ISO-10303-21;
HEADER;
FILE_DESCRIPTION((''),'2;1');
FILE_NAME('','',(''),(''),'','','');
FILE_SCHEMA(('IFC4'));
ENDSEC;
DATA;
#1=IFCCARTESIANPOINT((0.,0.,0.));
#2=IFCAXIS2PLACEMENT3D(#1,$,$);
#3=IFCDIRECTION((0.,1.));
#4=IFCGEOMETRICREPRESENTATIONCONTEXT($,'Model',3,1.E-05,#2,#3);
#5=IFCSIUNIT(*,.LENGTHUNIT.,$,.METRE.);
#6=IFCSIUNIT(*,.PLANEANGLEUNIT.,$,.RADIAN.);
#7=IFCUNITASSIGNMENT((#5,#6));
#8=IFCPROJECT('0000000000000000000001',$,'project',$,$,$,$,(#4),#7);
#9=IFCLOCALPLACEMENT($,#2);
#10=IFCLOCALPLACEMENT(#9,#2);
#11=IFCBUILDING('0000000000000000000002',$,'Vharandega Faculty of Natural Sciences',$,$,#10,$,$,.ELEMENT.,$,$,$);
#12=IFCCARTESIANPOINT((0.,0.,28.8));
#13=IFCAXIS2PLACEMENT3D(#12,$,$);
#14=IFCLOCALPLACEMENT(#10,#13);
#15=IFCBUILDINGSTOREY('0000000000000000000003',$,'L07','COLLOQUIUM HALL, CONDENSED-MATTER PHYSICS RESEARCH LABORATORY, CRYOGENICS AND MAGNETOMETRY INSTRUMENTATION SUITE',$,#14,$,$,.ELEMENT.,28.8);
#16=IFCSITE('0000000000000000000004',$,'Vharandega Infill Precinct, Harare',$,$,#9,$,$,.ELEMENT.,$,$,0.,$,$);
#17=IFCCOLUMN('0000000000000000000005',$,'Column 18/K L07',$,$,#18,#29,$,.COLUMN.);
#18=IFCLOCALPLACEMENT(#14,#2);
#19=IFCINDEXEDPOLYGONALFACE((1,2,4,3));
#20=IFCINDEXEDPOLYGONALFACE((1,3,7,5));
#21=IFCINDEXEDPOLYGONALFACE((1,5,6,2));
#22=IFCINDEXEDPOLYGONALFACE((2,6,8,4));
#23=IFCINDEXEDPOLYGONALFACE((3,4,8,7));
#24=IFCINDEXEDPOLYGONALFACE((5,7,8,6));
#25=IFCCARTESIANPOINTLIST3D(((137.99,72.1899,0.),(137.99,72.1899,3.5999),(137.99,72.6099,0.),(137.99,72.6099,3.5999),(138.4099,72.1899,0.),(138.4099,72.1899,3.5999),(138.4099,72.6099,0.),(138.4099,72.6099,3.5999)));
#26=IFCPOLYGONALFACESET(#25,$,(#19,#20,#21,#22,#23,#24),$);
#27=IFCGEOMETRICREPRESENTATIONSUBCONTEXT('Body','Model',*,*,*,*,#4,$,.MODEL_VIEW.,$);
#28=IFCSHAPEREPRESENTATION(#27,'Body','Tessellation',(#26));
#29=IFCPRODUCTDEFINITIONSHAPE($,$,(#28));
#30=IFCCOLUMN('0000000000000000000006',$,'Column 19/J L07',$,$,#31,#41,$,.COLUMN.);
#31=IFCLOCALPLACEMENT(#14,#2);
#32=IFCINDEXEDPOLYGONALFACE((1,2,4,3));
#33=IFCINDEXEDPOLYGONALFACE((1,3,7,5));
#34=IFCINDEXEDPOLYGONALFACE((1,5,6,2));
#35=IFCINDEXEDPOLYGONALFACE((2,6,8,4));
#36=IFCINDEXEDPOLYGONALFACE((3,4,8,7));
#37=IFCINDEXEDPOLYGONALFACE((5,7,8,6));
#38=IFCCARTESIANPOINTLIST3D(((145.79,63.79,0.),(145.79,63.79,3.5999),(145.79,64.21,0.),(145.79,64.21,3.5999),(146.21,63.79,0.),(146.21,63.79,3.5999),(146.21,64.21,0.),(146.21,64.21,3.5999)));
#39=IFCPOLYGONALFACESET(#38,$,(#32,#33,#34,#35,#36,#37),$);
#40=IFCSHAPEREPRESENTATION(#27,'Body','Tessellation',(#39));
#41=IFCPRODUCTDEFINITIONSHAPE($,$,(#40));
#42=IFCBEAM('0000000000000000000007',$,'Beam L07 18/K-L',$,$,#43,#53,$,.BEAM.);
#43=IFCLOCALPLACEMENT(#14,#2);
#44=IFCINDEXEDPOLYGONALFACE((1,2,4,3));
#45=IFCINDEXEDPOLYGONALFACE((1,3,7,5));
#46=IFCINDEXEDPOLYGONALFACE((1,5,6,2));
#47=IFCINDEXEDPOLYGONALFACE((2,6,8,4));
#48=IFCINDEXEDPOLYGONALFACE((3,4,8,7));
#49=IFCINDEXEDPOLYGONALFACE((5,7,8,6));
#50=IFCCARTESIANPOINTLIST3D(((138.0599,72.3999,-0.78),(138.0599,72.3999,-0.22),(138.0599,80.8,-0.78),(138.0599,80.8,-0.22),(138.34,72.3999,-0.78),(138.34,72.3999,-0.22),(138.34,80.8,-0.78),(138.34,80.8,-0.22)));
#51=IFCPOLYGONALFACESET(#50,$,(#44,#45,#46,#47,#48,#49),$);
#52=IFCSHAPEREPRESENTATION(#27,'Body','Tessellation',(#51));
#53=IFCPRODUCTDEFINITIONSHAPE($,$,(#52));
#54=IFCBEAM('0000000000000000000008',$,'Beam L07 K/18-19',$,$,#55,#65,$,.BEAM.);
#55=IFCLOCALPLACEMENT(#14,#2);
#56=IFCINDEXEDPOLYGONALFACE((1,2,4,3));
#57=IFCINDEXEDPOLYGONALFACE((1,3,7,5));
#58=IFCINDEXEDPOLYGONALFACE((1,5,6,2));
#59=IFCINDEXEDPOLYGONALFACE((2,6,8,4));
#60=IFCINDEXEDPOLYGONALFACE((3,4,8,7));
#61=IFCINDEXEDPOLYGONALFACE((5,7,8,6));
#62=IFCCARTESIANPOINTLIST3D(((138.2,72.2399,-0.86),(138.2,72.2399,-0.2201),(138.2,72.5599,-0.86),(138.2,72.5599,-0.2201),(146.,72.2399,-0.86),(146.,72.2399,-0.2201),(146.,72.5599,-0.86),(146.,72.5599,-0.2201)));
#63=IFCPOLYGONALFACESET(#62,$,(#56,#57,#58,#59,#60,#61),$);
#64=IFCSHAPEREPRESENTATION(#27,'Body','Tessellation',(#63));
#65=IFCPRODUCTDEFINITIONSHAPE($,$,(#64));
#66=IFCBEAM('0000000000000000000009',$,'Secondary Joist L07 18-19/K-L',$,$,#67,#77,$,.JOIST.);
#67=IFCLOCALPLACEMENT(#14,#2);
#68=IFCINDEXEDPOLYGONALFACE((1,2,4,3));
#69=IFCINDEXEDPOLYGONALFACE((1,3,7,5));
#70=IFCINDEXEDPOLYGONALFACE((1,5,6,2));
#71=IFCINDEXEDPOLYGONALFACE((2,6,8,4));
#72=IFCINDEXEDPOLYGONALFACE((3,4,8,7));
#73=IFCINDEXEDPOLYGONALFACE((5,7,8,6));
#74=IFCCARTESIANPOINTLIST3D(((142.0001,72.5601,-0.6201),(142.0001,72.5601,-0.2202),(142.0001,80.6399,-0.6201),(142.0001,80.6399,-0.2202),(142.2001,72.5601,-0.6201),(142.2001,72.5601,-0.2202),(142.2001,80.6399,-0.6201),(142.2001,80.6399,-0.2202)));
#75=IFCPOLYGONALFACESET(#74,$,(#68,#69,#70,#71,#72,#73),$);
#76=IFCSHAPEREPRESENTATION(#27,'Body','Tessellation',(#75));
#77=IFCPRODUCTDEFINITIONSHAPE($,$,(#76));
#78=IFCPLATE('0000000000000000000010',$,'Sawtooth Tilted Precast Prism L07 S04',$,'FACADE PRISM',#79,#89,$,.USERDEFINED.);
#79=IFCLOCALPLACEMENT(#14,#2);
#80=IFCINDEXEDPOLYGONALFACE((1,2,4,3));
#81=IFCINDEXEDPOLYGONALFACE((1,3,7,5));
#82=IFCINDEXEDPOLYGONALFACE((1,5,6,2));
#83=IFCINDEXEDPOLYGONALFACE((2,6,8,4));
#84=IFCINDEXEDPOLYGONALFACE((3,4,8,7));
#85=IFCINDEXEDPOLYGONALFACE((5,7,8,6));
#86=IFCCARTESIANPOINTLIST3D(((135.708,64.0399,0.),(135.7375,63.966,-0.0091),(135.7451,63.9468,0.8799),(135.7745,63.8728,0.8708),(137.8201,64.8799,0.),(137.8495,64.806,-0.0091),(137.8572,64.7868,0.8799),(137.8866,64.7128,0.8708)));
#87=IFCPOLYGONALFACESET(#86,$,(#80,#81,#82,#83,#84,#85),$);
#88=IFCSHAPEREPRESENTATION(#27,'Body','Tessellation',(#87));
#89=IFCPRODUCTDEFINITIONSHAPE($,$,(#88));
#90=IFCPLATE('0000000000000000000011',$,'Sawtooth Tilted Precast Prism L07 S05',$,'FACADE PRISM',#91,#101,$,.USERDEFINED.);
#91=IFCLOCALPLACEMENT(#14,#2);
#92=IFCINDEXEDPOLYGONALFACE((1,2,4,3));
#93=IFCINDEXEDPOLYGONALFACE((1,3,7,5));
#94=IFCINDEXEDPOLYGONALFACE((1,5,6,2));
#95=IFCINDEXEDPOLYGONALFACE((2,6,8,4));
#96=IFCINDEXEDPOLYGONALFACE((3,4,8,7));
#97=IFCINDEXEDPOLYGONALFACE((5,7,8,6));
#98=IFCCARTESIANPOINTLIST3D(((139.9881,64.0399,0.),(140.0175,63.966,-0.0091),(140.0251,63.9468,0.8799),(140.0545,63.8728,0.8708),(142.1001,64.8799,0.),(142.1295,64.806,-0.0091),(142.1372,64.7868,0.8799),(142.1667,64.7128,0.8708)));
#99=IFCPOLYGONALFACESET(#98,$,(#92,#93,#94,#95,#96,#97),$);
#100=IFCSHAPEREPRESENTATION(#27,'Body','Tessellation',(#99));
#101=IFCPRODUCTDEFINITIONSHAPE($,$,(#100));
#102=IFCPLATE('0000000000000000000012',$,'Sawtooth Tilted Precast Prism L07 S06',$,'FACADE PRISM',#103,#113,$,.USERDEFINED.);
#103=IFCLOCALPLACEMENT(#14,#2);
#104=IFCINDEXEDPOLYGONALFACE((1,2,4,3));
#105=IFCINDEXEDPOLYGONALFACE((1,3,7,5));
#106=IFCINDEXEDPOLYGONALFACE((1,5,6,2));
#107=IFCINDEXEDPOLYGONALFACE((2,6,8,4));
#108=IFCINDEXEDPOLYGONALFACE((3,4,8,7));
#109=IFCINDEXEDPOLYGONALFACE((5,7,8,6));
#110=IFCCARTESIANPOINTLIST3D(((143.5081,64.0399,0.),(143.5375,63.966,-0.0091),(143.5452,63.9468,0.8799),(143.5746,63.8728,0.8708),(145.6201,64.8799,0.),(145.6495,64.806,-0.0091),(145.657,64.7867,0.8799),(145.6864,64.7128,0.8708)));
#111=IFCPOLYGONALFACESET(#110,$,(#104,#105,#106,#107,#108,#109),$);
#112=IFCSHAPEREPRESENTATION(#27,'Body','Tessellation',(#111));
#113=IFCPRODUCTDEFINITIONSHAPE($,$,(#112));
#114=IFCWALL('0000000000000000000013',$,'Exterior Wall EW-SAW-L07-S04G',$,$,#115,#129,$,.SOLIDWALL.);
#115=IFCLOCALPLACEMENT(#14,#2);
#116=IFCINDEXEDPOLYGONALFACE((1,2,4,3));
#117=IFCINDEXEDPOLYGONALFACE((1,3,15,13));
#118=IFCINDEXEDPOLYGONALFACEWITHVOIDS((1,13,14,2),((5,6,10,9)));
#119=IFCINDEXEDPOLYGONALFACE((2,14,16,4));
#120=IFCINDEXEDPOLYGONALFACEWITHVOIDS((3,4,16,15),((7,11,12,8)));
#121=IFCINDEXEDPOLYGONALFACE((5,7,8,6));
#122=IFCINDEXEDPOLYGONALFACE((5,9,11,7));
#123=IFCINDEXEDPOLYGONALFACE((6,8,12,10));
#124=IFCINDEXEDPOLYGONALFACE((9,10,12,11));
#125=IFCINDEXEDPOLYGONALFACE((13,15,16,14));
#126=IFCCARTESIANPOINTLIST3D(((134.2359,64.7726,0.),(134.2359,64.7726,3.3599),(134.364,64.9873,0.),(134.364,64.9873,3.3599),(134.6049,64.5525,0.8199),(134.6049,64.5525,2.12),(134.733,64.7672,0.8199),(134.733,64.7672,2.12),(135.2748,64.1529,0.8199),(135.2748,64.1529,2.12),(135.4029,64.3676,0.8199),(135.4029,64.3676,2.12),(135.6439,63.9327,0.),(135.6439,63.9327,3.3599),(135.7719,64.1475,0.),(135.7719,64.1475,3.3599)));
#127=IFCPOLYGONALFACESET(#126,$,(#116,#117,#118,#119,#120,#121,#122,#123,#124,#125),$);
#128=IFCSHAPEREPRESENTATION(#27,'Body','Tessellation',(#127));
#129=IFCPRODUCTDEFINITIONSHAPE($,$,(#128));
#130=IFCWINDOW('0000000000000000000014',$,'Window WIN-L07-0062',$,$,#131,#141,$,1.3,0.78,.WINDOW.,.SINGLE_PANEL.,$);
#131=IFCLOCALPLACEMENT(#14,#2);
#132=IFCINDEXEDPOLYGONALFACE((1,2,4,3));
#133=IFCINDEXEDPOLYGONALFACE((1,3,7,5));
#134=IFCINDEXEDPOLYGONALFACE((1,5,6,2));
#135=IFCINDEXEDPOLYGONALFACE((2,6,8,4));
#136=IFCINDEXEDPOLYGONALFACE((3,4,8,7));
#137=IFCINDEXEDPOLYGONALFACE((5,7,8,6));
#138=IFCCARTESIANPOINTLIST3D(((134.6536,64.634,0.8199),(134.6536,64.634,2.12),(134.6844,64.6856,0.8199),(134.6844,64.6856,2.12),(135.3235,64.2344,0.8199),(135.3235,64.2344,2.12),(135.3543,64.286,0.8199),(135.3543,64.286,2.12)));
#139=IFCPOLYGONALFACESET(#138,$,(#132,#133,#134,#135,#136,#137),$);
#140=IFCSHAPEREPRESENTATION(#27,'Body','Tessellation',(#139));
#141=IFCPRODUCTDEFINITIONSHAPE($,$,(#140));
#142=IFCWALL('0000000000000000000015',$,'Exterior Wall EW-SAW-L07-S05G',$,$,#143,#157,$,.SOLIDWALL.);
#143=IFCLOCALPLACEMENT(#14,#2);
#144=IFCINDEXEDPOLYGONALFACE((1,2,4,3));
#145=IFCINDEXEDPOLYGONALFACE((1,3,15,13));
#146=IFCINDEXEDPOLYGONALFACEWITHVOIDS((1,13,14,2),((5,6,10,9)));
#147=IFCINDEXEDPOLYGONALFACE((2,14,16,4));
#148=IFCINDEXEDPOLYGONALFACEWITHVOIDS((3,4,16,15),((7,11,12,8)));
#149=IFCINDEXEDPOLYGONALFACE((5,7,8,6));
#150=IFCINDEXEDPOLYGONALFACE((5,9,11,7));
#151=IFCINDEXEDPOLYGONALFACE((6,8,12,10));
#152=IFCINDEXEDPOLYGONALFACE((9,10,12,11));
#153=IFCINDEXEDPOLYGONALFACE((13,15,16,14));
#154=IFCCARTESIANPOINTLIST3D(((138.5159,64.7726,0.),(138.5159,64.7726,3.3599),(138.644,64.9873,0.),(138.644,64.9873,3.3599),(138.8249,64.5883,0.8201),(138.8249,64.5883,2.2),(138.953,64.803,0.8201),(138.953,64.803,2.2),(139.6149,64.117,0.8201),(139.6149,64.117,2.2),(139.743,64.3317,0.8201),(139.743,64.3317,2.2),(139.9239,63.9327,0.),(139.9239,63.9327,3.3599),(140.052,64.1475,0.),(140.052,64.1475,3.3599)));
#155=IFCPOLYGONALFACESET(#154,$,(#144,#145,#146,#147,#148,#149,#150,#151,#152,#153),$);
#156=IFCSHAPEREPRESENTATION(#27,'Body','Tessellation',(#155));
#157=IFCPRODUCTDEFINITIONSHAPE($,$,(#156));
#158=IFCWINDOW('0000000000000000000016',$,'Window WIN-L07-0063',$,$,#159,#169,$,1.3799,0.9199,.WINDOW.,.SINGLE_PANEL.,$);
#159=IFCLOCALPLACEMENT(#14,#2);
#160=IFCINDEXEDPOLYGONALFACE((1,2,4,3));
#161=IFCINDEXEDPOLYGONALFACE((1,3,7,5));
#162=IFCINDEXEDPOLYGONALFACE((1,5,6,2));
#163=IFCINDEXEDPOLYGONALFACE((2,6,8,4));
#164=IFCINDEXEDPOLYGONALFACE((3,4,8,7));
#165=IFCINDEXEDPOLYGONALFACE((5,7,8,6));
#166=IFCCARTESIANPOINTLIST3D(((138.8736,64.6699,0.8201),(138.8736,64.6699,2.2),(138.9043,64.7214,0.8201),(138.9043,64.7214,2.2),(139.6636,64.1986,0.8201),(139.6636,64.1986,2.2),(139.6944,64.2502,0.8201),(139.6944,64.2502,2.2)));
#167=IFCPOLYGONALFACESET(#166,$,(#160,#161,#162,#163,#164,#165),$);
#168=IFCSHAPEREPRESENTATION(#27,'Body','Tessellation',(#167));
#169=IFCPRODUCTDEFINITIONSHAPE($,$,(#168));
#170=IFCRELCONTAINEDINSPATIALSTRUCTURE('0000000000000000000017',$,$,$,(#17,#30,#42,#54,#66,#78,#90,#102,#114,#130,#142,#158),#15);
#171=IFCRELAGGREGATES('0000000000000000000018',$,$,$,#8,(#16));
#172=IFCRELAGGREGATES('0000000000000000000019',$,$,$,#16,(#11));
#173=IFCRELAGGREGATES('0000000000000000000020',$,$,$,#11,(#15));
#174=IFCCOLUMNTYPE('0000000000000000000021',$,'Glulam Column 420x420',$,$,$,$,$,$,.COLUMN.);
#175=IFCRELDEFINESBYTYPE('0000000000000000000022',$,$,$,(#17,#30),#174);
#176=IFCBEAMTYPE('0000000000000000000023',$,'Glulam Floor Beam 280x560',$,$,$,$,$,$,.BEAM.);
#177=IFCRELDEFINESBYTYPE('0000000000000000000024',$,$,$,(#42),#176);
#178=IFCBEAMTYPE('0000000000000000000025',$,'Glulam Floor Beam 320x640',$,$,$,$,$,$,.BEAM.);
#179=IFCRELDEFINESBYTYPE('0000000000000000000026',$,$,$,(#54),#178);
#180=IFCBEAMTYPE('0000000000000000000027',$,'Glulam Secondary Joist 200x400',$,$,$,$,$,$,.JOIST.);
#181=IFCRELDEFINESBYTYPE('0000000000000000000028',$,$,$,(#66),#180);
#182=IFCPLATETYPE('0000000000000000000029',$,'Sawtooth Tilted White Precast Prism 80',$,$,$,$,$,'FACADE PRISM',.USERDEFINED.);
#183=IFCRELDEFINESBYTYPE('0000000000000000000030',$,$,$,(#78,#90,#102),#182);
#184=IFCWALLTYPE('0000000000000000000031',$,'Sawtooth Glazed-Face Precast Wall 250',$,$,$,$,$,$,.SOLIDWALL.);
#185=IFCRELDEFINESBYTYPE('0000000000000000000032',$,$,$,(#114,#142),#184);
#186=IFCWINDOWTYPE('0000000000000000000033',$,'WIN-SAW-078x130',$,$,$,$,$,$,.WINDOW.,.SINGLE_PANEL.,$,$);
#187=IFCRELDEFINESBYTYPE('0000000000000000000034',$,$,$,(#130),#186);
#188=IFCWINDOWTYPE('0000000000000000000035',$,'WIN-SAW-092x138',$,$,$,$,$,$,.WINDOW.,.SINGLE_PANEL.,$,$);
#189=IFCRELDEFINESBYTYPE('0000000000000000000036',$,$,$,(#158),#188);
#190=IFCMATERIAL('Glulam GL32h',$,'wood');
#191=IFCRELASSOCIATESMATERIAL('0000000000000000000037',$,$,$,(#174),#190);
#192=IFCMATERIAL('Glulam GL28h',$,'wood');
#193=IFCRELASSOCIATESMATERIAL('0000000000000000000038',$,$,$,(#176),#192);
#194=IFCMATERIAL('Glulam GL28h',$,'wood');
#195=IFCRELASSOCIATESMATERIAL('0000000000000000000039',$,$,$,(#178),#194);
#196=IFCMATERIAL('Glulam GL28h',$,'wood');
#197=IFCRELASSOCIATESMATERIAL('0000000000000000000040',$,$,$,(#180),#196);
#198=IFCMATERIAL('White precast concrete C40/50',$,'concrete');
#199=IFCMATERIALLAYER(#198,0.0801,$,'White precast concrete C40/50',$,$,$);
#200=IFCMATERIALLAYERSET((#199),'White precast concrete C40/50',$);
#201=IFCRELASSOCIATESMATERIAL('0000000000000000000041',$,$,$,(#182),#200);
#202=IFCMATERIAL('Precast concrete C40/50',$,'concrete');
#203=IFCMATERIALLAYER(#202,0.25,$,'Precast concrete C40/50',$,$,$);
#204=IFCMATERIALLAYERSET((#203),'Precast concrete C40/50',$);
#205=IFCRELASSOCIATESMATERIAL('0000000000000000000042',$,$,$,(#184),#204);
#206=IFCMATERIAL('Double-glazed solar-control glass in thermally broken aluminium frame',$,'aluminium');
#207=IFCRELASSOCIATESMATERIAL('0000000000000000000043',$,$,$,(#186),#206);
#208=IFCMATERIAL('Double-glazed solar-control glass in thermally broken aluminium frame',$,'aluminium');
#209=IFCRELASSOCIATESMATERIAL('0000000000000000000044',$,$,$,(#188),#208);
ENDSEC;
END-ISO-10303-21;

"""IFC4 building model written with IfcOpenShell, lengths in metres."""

from ifc_helpers import new_model, si_unit, direction, frame, frame_2d, origin, origin_2d, place, context, subcontext, project, spatial, polyline, rectangle, outline, extrude, material, layer, layer_set, material_profile, profile_set, type_object, element, fill, save


model = new_model("IFC4")

# Units and contexts
model_context = context("Model", 3, precision=1e-05, world=origin(), true_north=direction((0.0, 1.0)))
body_context = subcontext(model_context, "Body", "Model", "MODEL_VIEW")
ifc_project = project(units=[si_unit("LENGTHUNIT", "METRE"), si_unit("PLANEANGLEUNIT", "RADIAN")], contexts=[model_context])

# Site, building, storey
site_placement = place(None, origin())
site = spatial("IfcSite", under=ifc_project, at=site_placement, Name="Vharandega Infill Precinct, Harare", CompositionType="ELEMENT", RefElevation=0.0)
building_placement = place(site_placement, origin())
building = spatial("IfcBuilding", under=site, at=building_placement, Name="Vharandega Faculty of Natural Sciences", CompositionType="ELEMENT")
storey_placement = place(building_placement, frame((0.0, 0.0, 28.8)))
storey = spatial("IfcBuildingStorey", under=building, at=storey_placement, Name="L07", Description="COLLOQUIUM HALL, CONDENSED-MATTER PHYSICS RESEARCH LABORATORY, CRYOGENICS AND MAGNETOMETRY INSTRUMENTATION SUITE", CompositionType="ELEMENT", Elevation=28.8)

# Columns
ifc_material_1 = material(Name="Glulam GL32h", Category="wood")
ifc_material_profile_1 = material_profile(ifc_material_1, rectangle(XDim=0.4199, YDim=0.4199, at=origin_2d()), Name="GL32h 420x420")
ifc_profile_set_1 = profile_set([ifc_material_profile_1], Name="Glulam GL32h")
column_type = type_object("IfcColumnType", Name="Glulam Column 420x420", PredefinedType="COLUMN", material=ifc_profile_set_1)
for number, where, z_axis, x_axis, name in (
    (1, (138.2, 72.3999, 0.0), (0.0, 0.0, 1.0), (1.0, 0.0, 0.0), "Column 18/K L07"),
    (2, (146.0, 64.0, 0.0), (0.0, 0.0, 1.0), (1.0, 0.0, 0.0), "Column 19/J L07"),
):
    element("IfcColumn", number, at=place(storey_placement, frame(where, z_axis=z_axis, x_axis=x_axis)), inside=storey, type_object=column_type, Name=name, PredefinedType="COLUMN", context=body_context, shape_type="SweptSolid", body=[
        extrude(rectangle(XDim=0.4199, YDim=0.4199, at=origin_2d()), origin(), (0.0, 0.0, 1.0), 3.5999),
    ])

# Beams
ifc_material_2 = material(Name="Glulam GL28h", Category="wood")
ifc_material_profile_2 = material_profile(ifc_material_2, rectangle(XDim=0.28, YDim=0.5601, at=origin_2d()), Name="GL28h 280x560")
ifc_profile_set_2 = profile_set([ifc_material_profile_2], Name="Glulam GL28h")
beam_type_1 = type_object("IfcBeamType", Name="Glulam Floor Beam 280x560", PredefinedType="BEAM", material=ifc_profile_set_2)
beam_1_placement = place(storey_placement, frame((138.2, 72.3999, -0.5), z_axis=(0.0, 1.0, 0.0), x_axis=(-1.0, 0.0, 0.0)))
element("IfcBeam", 3, at=beam_1_placement, inside=storey, type_object=beam_type_1, Name="Beam L07 18/K-L", PredefinedType="BEAM", context=body_context, shape_type="SweptSolid", body=[
    extrude(rectangle(XDim=0.28, YDim=0.5601, at=origin_2d()), origin(), (0.0, 0.0, 1.0), 8.4001),
])
ifc_material_3 = material(Name="Glulam GL28h", Category="wood")
ifc_material_profile_3 = material_profile(ifc_material_3, rectangle(XDim=0.3201, YDim=0.6399, at=origin_2d()), Name="GL28h 320x640")
ifc_profile_set_3 = profile_set([ifc_material_profile_3], Name="Glulam GL28h")
beam_type_2 = type_object("IfcBeamType", Name="Glulam Floor Beam 320x640", PredefinedType="BEAM", material=ifc_profile_set_3)
beam_2_placement = place(storey_placement, frame((138.2, 72.3999, -0.54), z_axis=(1.0, 0.0, 0.0), x_axis=(0.0, 1.0, 0.0)))
element("IfcBeam", 4, at=beam_2_placement, inside=storey, type_object=beam_type_2, Name="Beam L07 K/18-19", PredefinedType="BEAM", context=body_context, shape_type="SweptSolid", body=[
    extrude(rectangle(XDim=0.3201, YDim=0.6399, at=origin_2d()), origin(), (0.0, 0.0, 1.0), 7.8),
])
ifc_material_4 = material(Name="Glulam GL28h", Category="wood")
ifc_material_profile_4 = material_profile(ifc_material_4, rectangle(XDim=0.2, YDim=0.3999, at=origin_2d()), Name="GL28h 200x400")
ifc_profile_set_4 = profile_set([ifc_material_profile_4], Name="Glulam GL28h")
beam_type_3 = type_object("IfcBeamType", Name="Glulam Secondary Joist 200x400", PredefinedType="JOIST", material=ifc_profile_set_4)
beam_3_placement = place(storey_placement, frame((142.1001, 72.5601, -0.4202), z_axis=(0.0, 1.0, 0.0), x_axis=(-1.0, 0.0, 0.0)))
element("IfcBeam", 5, at=beam_3_placement, inside=storey, type_object=beam_type_3, Name="Secondary Joist L07 18-19/K-L", PredefinedType="JOIST", context=body_context, shape_type="SweptSolid", body=[
    extrude(rectangle(XDim=0.2, YDim=0.3999, at=origin_2d()), origin(), (0.0, 0.0, 1.0), 8.0798),
])

# Plates
ifc_material_5 = material(Name="White precast concrete C40/50", Category="concrete")
ifc_layer_1 = layer(ifc_material_5, 0.0801, Name="White precast concrete C40/50")
ifc_layer_set_1 = layer_set([ifc_layer_1], Name="White precast concrete C40/50")
plate_type = type_object("IfcPlateType", Name="Sawtooth Tilted White Precast Prism 80", ElementType="FACADE PRISM", PredefinedType="USERDEFINED", material=ifc_layer_set_1)
for number, where, z_axis, x_axis, name in (
    (6, (137.8201, 64.8799, 0.0), (-0.367171, 0.923238, 0.113215), (0.041952, -0.105155, 0.993571), "Sawtooth Tilted Precast Prism L07 S04"),
    (7, (142.1001, 64.8799, 0.0), (-0.367171, 0.923238, 0.113215), (0.041952, -0.105155, 0.993571), "Sawtooth Tilted Precast Prism L07 S05"),
):
    element("IfcPlate", number, at=place(storey_placement, frame(where, z_axis=z_axis, x_axis=x_axis)), inside=storey, type_object=plate_type, Name=name, ObjectType="FACADE PRISM", PredefinedType="USERDEFINED", context=body_context, shape_type="SweptSolid", body=[
        extrude(outline(polyline([(0.0, 0.0), (0.8856, 0.0), (0.8853, -2.273), (-0.0003, -2.2729), (0.0, 0.0)])), origin(), (0.0, 0.0, -1.0), 0.0801),
    ])
plate_placement = place(storey_placement, frame((145.6201, 64.8799, 0.0), z_axis=(-0.367192, 0.923236, 0.113164), x_axis=(0.041695, -0.105203, 0.993576)))
element("IfcPlate", 8, at=plate_placement, inside=storey, type_object=plate_type, Name="Sawtooth Tilted Precast Prism L07 S06", ObjectType="FACADE PRISM", PredefinedType="USERDEFINED", context=body_context, shape_type="SweptSolid", body=[
    extrude(outline(polyline([(0.0, 0.0), (0.8856, 0.0), (0.8859, -2.2728), (0.0003, -2.2729), (0.0, 0.0)])), origin(), (0.0, 0.0, -1.0), 0.0801),
])

# Walls, openings, windows
ifc_material_6 = material(Name="Precast concrete C40/50", Category="concrete")
ifc_layer_2 = layer(ifc_material_6, 0.25, Name="Precast concrete C40/50")
ifc_layer_set_2 = layer_set([ifc_layer_2], Name="Precast concrete C40/50")
wall_type_1 = type_object("IfcWallType", Name="Sawtooth Glazed-Face Precast Wall 250", PredefinedType="SOLIDWALL", material=ifc_layer_set_2)
wall_1_placement = place(storey_placement, frame((135.708, 64.04, 0.0), z_axis=(0.0, 0.0, 1.0), x_axis=(-0.858817, 0.512282, 0.0)))
wall_1 = element("IfcWall", 9, at=wall_1_placement, inside=storey, type_object=wall_type_1, Name="Exterior Wall EW-SAW-L07-S04G", PredefinedType="SOLIDWALL", context=body_context, shape_type="SweptSolid", body=[
    extrude(rectangle(XDim=1.6394, YDim=0.25, at=frame_2d((0.8198, 0.0))), origin(), (0.0, 0.0, 1.0), 3.3599),
])
opening_1_placement = place(wall_1_placement, frame((0.4297, 0.0, 0.8201)))
opening_1 = element("IfcOpeningElement", 10, at=opening_1_placement, cuts=wall_1, PredefinedType="OPENING", context=body_context, shape_type="SweptSolid", body=[
    extrude(rectangle(XDim=0.78, YDim=1.3, at=frame_2d((0.3901, 0.6499))), frame((0.0, 0.135, 0.0), z_axis=(0.0, -1.0, 0.0), x_axis=(1.0, 0.0, 0.0)), (0.0, 0.0, 1.0), 0.27),
])
ifc_material_7 = material(Name="Double-glazed solar-control glass in thermally broken aluminium frame", Category="aluminium")
window_type_1 = type_object("IfcWindowType", Name="WIN-SAW-078x130", PartitioningType="SINGLE_PANEL", PredefinedType="WINDOW", material=ifc_material_7)
window_1_placement = place(opening_1_placement, origin())
window_1 = element("IfcWindow", 11, at=window_1_placement, inside=storey, type_object=window_type_1, Name="Window WIN-L07-0062", OverallHeight=1.3, OverallWidth=0.78, PartitioningType="SINGLE_PANEL", PredefinedType="WINDOW", context=body_context, shape_type="SweptSolid", body=[
    extrude(rectangle(XDim=0.78, YDim=1.3, at=frame_2d((0.3901, 0.6499))), frame((0.0, 0.03, 0.0), z_axis=(0.0, -1.0, 0.0), x_axis=(1.0, 0.0, 0.0)), (0.0, 0.0, 1.0), 0.0601),
])
fill(opening_1, window_1)
wall_2_placement = place(storey_placement, frame((139.988, 64.04, 0.0), z_axis=(0.0, 0.0, 1.0), x_axis=(-0.858817, 0.512282, 0.0)))
wall_2 = element("IfcWall", 12, at=wall_2_placement, inside=storey, type_object=wall_type_1, Name="Exterior Wall EW-SAW-L07-S05G", PredefinedType="SOLIDWALL", context=body_context, shape_type="SweptSolid", body=[
    extrude(rectangle(XDim=1.6394, YDim=0.25, at=frame_2d((0.8198, 0.0))), origin(), (0.0, 0.0, 1.0), 3.3599),
])
opening_2_placement = place(wall_2_placement, frame((0.3599, 0.0, 0.8201)))
opening_2 = element("IfcOpeningElement", 13, at=opening_2_placement, cuts=wall_2, PredefinedType="OPENING", context=body_context, shape_type="SweptSolid", body=[
    extrude(rectangle(XDim=0.9199, YDim=1.3799, at=frame_2d((0.46, 0.6899))), frame((0.0, 0.135, 0.0), z_axis=(0.0, -1.0, 0.0), x_axis=(1.0, 0.0, 0.0)), (0.0, 0.0, 1.0), 0.27),
])
ifc_material_8 = material(Name="Double-glazed solar-control glass in thermally broken aluminium frame", Category="aluminium")
window_type_2 = type_object("IfcWindowType", Name="WIN-SAW-092x138", PartitioningType="SINGLE_PANEL", PredefinedType="WINDOW", material=ifc_material_8)
window_2_placement = place(opening_2_placement, origin())
window_2 = element("IfcWindow", 14, at=window_2_placement, inside=storey, type_object=window_type_2, Name="Window WIN-L07-0063", OverallHeight=1.3799, OverallWidth=0.9199, PartitioningType="SINGLE_PANEL", PredefinedType="WINDOW", context=body_context, shape_type="SweptSolid", body=[
    extrude(rectangle(XDim=0.9199, YDim=1.3799, at=frame_2d((0.46, 0.6899))), frame((0.0, 0.03, 0.0), z_axis=(0.0, -1.0, 0.0), x_axis=(1.0, 0.0, 0.0)), (0.0, 0.0, 1.0), 0.0601),
])
fill(opening_2, window_2)

save(model, "model.ifc")
